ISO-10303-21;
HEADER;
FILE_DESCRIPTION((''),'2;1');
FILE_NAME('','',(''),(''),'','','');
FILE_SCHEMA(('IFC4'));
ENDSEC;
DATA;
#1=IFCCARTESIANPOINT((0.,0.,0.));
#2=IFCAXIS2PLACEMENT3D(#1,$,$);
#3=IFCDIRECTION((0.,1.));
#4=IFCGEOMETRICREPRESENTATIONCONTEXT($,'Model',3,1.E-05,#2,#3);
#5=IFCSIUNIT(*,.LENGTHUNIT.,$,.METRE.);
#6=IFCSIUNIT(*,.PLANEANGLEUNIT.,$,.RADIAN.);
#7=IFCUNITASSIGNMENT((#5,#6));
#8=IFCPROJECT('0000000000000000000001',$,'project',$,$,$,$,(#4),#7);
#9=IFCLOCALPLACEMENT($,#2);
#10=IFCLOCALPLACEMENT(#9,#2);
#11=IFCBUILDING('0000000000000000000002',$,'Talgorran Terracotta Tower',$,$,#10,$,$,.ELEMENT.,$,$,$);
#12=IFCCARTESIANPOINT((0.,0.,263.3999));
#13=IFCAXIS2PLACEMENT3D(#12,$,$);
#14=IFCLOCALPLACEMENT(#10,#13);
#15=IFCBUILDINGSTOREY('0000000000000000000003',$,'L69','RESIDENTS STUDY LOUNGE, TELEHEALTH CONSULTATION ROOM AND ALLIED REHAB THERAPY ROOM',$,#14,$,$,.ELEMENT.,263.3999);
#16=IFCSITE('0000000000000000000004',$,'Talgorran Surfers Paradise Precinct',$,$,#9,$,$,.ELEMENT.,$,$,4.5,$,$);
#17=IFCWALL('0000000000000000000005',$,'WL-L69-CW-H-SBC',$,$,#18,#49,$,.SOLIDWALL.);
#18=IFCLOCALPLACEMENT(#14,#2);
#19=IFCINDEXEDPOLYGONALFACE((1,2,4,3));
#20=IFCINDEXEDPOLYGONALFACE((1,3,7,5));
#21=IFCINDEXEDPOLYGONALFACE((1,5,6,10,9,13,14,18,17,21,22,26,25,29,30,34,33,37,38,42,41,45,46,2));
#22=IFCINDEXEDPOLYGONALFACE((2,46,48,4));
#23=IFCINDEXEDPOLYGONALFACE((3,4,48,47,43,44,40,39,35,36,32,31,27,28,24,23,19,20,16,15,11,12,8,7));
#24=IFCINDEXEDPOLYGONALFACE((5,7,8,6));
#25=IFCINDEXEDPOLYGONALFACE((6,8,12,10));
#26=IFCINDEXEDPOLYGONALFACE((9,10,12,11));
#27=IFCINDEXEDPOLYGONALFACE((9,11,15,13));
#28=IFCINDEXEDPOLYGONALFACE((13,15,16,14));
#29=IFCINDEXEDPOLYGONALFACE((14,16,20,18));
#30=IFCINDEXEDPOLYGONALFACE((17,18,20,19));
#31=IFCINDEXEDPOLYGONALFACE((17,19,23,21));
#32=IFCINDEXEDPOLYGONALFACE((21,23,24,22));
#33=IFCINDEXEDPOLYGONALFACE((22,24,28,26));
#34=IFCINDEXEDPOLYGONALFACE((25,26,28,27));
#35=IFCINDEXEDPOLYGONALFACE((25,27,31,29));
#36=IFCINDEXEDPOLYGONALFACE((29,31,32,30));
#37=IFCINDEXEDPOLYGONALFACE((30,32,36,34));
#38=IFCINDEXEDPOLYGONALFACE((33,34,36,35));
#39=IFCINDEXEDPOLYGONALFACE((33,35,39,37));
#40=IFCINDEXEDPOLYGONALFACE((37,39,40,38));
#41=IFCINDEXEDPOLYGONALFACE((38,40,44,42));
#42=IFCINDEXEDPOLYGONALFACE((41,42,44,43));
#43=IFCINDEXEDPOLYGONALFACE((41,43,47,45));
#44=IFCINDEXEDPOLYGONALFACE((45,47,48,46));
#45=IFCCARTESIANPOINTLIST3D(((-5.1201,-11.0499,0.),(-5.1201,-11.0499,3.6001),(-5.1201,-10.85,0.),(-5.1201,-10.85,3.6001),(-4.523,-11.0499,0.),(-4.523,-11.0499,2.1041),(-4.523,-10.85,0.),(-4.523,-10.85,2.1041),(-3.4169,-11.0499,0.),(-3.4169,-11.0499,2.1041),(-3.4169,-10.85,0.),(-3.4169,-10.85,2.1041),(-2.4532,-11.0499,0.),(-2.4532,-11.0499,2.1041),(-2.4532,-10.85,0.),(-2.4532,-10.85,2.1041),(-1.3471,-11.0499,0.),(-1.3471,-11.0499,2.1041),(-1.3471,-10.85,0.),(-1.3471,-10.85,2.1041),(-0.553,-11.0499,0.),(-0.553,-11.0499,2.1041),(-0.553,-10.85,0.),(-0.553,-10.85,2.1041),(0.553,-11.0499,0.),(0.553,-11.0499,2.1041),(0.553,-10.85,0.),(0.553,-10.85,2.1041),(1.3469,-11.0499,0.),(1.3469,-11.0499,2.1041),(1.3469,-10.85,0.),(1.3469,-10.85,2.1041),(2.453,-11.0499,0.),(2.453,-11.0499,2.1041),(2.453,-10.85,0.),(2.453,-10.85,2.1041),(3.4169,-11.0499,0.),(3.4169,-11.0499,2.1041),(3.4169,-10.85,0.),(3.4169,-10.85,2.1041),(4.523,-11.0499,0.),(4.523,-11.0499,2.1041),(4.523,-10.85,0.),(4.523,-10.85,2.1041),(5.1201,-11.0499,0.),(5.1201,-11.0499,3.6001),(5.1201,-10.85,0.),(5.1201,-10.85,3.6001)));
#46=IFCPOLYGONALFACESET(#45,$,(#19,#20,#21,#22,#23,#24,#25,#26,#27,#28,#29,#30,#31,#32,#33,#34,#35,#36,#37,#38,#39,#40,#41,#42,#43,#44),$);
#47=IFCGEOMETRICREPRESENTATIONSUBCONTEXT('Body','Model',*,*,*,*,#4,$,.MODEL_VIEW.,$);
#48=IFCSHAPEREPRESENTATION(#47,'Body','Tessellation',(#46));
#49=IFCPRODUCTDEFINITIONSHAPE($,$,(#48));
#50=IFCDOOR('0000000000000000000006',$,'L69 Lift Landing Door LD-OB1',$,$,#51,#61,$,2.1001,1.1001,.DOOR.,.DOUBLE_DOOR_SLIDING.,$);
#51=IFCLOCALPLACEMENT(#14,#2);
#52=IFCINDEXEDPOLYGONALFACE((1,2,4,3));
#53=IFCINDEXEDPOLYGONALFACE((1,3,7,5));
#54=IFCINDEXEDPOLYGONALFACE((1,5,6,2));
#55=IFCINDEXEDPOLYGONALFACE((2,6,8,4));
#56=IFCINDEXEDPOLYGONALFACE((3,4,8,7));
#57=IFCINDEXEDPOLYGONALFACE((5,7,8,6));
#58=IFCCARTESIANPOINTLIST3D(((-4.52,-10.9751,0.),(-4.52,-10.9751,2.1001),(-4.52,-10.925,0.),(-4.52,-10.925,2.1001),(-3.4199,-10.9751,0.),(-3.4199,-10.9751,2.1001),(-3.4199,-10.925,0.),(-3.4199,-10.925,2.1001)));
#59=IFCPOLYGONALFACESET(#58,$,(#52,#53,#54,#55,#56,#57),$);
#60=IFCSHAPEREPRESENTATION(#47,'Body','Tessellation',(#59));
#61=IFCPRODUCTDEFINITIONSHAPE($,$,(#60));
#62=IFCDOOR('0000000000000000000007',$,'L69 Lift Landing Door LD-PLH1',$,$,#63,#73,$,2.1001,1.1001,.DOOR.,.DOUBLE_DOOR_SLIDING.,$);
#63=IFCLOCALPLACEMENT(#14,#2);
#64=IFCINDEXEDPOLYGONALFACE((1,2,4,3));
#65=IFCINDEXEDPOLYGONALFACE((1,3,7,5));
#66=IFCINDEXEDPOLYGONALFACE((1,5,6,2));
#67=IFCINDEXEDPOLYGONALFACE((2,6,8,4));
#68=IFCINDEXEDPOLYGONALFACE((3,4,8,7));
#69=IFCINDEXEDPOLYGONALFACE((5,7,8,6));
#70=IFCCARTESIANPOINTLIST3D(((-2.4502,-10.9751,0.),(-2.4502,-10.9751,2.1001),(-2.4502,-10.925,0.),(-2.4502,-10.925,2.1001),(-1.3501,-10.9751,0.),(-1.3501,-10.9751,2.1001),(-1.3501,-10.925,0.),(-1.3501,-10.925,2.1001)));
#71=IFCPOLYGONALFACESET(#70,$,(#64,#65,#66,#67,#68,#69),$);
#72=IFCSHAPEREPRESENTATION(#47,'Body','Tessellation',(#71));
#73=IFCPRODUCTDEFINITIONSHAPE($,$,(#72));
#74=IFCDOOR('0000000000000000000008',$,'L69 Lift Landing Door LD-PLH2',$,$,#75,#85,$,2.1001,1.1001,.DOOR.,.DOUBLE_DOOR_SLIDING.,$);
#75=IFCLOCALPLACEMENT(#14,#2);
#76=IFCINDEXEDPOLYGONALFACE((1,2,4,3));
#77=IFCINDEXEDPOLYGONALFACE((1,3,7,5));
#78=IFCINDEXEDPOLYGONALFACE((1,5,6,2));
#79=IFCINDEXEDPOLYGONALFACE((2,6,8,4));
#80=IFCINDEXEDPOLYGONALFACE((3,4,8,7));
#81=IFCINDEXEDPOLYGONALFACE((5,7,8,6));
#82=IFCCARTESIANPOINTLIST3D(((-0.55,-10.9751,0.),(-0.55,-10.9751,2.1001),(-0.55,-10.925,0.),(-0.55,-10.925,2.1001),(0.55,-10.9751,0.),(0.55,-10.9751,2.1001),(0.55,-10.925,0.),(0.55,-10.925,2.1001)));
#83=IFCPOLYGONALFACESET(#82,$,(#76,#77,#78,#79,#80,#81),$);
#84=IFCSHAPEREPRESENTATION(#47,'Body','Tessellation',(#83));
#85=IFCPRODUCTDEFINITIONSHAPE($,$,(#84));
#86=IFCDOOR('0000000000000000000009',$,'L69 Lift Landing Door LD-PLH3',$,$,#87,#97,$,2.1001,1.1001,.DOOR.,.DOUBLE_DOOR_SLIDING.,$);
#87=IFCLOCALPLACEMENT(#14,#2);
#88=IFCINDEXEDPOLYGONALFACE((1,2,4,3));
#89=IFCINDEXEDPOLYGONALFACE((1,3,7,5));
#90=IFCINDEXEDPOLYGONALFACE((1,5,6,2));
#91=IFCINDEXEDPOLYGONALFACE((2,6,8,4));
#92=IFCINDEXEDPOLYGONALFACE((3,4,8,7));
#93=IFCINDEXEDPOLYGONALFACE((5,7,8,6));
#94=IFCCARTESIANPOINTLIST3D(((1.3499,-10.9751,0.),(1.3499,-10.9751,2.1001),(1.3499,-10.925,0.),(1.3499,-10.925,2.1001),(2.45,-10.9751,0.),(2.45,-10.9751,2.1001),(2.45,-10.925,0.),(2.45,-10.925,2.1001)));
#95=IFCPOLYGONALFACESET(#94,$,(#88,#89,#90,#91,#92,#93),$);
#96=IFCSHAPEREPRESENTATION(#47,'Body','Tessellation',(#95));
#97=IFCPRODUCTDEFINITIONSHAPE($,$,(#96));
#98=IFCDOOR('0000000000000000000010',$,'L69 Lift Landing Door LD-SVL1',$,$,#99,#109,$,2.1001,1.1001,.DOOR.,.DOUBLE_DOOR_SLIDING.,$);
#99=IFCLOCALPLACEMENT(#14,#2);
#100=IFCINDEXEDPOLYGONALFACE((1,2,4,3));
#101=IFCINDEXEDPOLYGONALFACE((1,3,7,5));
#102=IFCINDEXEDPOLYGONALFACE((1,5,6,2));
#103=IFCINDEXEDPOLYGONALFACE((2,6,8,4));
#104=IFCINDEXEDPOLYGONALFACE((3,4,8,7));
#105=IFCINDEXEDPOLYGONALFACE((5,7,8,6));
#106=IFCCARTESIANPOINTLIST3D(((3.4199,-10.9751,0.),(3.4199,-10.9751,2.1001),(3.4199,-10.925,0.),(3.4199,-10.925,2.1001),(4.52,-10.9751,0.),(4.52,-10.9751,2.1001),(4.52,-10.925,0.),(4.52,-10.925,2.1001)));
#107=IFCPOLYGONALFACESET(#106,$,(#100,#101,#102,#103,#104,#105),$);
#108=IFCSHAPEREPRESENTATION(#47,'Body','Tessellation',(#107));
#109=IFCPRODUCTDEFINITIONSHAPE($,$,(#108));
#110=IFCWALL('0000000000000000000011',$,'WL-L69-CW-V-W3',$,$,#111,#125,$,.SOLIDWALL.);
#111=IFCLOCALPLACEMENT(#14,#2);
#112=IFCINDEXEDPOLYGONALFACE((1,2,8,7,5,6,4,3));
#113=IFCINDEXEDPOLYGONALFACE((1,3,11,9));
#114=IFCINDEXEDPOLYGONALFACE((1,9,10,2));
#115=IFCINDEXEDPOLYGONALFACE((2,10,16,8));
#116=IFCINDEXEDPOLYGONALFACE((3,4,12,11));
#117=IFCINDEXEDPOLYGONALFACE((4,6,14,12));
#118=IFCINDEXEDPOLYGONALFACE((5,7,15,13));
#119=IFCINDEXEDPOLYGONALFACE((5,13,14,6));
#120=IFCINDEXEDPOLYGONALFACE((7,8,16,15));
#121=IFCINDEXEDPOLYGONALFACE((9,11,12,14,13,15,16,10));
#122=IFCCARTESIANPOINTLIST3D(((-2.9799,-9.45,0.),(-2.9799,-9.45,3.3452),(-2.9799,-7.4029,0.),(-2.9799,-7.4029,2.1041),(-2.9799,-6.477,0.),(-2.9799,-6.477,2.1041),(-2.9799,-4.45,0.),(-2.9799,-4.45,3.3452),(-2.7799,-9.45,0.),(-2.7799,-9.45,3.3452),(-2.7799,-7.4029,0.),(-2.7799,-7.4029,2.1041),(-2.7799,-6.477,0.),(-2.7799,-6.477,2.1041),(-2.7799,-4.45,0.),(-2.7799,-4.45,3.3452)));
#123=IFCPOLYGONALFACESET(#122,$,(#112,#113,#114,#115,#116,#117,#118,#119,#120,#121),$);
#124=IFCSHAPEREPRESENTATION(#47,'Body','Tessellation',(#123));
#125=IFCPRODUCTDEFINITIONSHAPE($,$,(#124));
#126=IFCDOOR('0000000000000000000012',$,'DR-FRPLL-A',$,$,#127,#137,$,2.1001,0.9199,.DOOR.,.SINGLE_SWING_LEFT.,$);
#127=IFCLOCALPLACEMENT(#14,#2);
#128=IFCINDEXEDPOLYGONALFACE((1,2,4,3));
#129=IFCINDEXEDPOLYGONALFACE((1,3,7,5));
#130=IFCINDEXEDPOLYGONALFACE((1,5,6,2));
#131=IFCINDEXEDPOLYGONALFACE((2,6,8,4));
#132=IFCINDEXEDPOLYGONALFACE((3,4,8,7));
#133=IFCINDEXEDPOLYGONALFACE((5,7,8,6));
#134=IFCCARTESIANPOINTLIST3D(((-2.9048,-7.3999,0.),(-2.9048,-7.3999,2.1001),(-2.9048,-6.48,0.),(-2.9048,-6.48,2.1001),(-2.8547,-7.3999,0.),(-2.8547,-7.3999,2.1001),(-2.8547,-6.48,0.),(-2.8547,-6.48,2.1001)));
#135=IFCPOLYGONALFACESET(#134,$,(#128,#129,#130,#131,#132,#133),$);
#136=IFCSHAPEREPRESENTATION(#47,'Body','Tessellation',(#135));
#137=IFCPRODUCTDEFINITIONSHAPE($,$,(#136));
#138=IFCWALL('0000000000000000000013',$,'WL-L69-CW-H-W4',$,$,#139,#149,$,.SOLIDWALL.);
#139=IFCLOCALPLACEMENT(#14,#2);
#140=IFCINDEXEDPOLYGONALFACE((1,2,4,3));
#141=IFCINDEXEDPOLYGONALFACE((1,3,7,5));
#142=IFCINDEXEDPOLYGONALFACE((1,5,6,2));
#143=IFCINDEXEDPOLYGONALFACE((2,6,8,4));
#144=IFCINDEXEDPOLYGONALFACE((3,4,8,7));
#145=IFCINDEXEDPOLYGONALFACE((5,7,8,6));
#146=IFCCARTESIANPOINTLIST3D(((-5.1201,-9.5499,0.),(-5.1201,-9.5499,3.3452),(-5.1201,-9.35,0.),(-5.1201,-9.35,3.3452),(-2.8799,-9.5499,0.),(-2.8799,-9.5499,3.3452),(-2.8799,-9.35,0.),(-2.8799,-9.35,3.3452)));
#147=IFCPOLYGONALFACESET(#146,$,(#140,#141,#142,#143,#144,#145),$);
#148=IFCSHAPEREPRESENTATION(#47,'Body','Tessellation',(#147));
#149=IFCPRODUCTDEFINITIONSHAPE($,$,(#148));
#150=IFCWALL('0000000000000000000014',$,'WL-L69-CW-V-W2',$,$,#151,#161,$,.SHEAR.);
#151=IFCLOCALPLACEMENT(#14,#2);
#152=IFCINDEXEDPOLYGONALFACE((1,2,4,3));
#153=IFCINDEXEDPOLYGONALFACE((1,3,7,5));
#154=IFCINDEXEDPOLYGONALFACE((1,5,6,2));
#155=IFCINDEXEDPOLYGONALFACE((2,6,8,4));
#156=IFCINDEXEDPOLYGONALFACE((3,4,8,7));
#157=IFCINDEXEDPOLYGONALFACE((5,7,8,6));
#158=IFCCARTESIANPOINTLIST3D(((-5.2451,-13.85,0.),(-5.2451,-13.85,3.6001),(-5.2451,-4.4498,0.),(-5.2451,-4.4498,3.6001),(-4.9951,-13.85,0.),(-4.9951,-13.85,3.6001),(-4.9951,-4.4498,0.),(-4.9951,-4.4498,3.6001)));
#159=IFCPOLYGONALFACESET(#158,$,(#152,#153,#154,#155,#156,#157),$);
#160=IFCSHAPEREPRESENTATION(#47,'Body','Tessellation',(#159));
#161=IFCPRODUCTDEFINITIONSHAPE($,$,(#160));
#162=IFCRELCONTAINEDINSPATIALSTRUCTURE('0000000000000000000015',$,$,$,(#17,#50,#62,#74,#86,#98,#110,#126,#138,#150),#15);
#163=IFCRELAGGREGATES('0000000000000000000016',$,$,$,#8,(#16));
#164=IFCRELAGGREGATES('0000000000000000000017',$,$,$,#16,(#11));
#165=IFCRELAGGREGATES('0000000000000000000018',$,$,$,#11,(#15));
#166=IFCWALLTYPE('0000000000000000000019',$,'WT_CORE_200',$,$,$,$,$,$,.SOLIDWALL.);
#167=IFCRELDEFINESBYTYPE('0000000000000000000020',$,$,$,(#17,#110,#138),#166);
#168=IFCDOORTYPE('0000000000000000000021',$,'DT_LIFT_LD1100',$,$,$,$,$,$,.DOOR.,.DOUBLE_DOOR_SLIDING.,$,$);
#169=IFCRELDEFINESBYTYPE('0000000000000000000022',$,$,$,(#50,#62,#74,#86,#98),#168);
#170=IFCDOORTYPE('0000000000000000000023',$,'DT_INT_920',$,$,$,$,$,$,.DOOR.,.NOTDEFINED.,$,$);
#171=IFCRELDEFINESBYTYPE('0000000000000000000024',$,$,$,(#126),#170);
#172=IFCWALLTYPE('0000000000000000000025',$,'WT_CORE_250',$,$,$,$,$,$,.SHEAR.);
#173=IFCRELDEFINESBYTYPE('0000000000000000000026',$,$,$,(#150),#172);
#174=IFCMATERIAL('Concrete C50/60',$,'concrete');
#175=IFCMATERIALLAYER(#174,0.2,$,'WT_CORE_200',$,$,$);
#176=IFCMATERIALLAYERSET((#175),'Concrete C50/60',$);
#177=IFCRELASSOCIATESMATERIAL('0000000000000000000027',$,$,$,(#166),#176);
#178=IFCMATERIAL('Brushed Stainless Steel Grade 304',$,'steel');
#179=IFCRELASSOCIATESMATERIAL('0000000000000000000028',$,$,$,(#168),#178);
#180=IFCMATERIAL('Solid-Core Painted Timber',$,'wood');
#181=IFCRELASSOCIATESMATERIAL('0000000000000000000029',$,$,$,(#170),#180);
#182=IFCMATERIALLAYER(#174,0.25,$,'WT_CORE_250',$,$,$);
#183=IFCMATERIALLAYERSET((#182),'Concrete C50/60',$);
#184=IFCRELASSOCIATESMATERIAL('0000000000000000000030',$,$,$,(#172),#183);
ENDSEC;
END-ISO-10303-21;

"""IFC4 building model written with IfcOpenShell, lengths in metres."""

from ifc_helpers import new_model, si_unit, direction, frame, frame_2d, origin, place, context, subcontext, project, spatial, rectangle, extrude, material, layer, layer_set, type_object, element, fill, save


model = new_model("IFC4")

# Units and contexts
model_context = context("Model", 3, precision=1e-05, world=origin(), true_north=direction((0.0, 1.0)))
body_context = subcontext(model_context, "Body", "Model", "MODEL_VIEW")
ifc_project = project(units=[si_unit("LENGTHUNIT", "METRE"), si_unit("PLANEANGLEUNIT", "RADIAN")], contexts=[model_context])

# Site, building, storey
site_placement = place(None, origin())
site = spatial("IfcSite", under=ifc_project, at=site_placement, Name="Talgorran Surfers Paradise Precinct", CompositionType="ELEMENT", RefElevation=4.5)
building_placement = place(site_placement, origin())
building = spatial("IfcBuilding", under=site, at=building_placement, Name="Talgorran Terracotta Tower", CompositionType="ELEMENT")
storey_placement = place(building_placement, frame((0.0, 0.0, 263.3999)))
storey = spatial("IfcBuildingStorey", under=building, at=storey_placement, Name="L69", Description="RESIDENTS STUDY LOUNGE, TELEHEALTH CONSULTATION ROOM AND ALLIED REHAB THERAPY ROOM", CompositionType="ELEMENT", Elevation=263.3999)

# Shared definitions
ifc_material_1 = material(Name="Concrete C50/60", Category="concrete")

# Wall, openings, doors
ifc_layer_1 = layer(ifc_material_1, 0.2, Name="WT_CORE_200")
ifc_layer_set_1 = layer_set([ifc_layer_1], Name="Concrete C50/60")
wall_type_1 = type_object("IfcWallType", Name="WT_CORE_200", PredefinedType="SOLIDWALL", material=ifc_layer_set_1)
wall_1_placement = place(storey_placement, frame((-5.1201, -10.95, 0.0), z_axis=(0.0, 0.0, 1.0), x_axis=(1.0, 0.0, 0.0)))
wall_1 = element("IfcWall", 1, at=wall_1_placement, inside=storey, type_object=wall_type_1, Name="WL-L69-CW-H-SBC", PredefinedType="SOLIDWALL", context=body_context, shape_type="SweptSolid", body=[
    extrude(rectangle(XDim=10.2402, YDim=0.2, at=frame_2d((5.1201, 0.0))), origin(), (0.0, 0.0, 1.0), 3.6001),
])
opening_1_placement = place(wall_1_placement, frame((0.6001, 0.0, 0.0)))
opening_1 = element("IfcOpeningElement", 2, at=opening_1_placement, cuts=wall_1, PredefinedType="OPENING", context=body_context, shape_type="SweptSolid", body=[
    extrude(rectangle(XDim=1.1061, YDim=2.1041, at=frame_2d((0.55, 1.052))), frame((0.0, 0.1099, 0.0), z_axis=(0.0, -1.0, 0.0), x_axis=(1.0, 0.0, 0.0)), (0.0, 0.0, 1.0), 0.22),
])
opening_2_placement = place(wall_1_placement, frame((2.6699, 0.0, 0.0)))
opening_2 = element("IfcOpeningElement", 3, at=opening_2_placement, cuts=wall_1, PredefinedType="OPENING", context=body_context, shape_type="SweptSolid", body=[
    extrude(rectangle(XDim=1.1061, YDim=2.1041, at=frame_2d((0.55, 1.052))), frame((0.0, 0.1099, 0.0), z_axis=(0.0, -1.0, 0.0), x_axis=(1.0, 0.0, 0.0)), (0.0, 0.0, 1.0), 0.22),
])
opening_3_placement = place(wall_1_placement, frame((4.5701, 0.0, 0.0)))
opening_3 = element("IfcOpeningElement", 4, at=opening_3_placement, cuts=wall_1, PredefinedType="OPENING", context=body_context, shape_type="SweptSolid", body=[
    extrude(rectangle(XDim=1.1061, YDim=2.1041, at=frame_2d((0.55, 1.052))), frame((0.0, 0.1099, 0.0), z_axis=(0.0, -1.0, 0.0), x_axis=(1.0, 0.0, 0.0)), (0.0, 0.0, 1.0), 0.22),
])
opening_4_placement = place(wall_1_placement, frame((6.47, 0.0, 0.0)))
opening_4 = element("IfcOpeningElement", 5, at=opening_4_placement, cuts=wall_1, PredefinedType="OPENING", context=body_context, shape_type="SweptSolid", body=[
    extrude(rectangle(XDim=1.1061, YDim=2.1041, at=frame_2d((0.55, 1.052))), frame((0.0, 0.1099, 0.0), z_axis=(0.0, -1.0, 0.0), x_axis=(1.0, 0.0, 0.0)), (0.0, 0.0, 1.0), 0.22),
])
opening_5_placement = place(wall_1_placement, frame((8.54, 0.0, 0.0)))
opening_5 = element("IfcOpeningElement", 6, at=opening_5_placement, cuts=wall_1, PredefinedType="OPENING", context=body_context, shape_type="SweptSolid", body=[
    extrude(rectangle(XDim=1.1061, YDim=2.1041, at=frame_2d((0.55, 1.052))), frame((0.0, 0.1099, 0.0), z_axis=(0.0, -1.0, 0.0), x_axis=(1.0, 0.0, 0.0)), (0.0, 0.0, 1.0), 0.22),
])
ifc_material_2 = material(Name="Brushed Stainless Steel Grade 304", Category="steel")
door_type_1 = type_object("IfcDoorType", Name="DT_LIFT_LD1100", OperationType="DOUBLE_DOOR_SLIDING", PredefinedType="DOOR", material=ifc_material_2)
door_1_placement = place(opening_1_placement, origin())
door_1 = element("IfcDoor", 7, at=door_1_placement, inside=storey, type_object=door_type_1, Name="L69 Lift Landing Door LD-OB1", OperationType="DOUBLE_DOOR_SLIDING", OverallHeight=2.1001, OverallWidth=1.1001, PredefinedType="DOOR", context=body_context, shape_type="SweptSolid", body=[
    extrude(rectangle(XDim=1.1001, YDim=2.1001, at=frame_2d((0.55, 1.05))), frame((0.0, 0.0249, 0.0), z_axis=(0.0, -1.0, 0.0), x_axis=(1.0, 0.0, 0.0)), (0.0, 0.0, 1.0), 0.05),
])
fill(opening_1, door_1)
door_2_placement = place(opening_2_placement, origin())
door_2 = element("IfcDoor", 8, at=door_2_placement, inside=storey, type_object=door_type_1, Name="L69 Lift Landing Door LD-PLH1", OperationType="DOUBLE_DOOR_SLIDING", OverallHeight=2.1001, OverallWidth=1.1001, PredefinedType="DOOR", context=body_context, shape_type="SweptSolid", body=[
    extrude(rectangle(XDim=1.1001, YDim=2.1001, at=frame_2d((0.55, 1.05))), frame((0.0, 0.0249, 0.0), z_axis=(0.0, -1.0, 0.0), x_axis=(1.0, 0.0, 0.0)), (0.0, 0.0, 1.0), 0.05),
])
fill(opening_2, door_2)
door_3_placement = place(opening_3_placement, origin())
door_3 = element("IfcDoor", 9, at=door_3_placement, inside=storey, type_object=door_type_1, Name="L69 Lift Landing Door LD-PLH2", OperationType="DOUBLE_DOOR_SLIDING", OverallHeight=2.1001, OverallWidth=1.1001, PredefinedType="DOOR", context=body_context, shape_type="SweptSolid", body=[
    extrude(rectangle(XDim=1.1001, YDim=2.1001, at=frame_2d((0.55, 1.05))), frame((0.0, 0.0249, 0.0), z_axis=(0.0, -1.0, 0.0), x_axis=(1.0, 0.0, 0.0)), (0.0, 0.0, 1.0), 0.05),
])
fill(opening_3, door_3)
door_4_placement = place(opening_4_placement, origin())
door_4 = element("IfcDoor", 10, at=door_4_placement, inside=storey, type_object=door_type_1, Name="L69 Lift Landing Door LD-PLH3", OperationType="DOUBLE_DOOR_SLIDING", OverallHeight=2.1001, OverallWidth=1.1001, PredefinedType="DOOR", context=body_context, shape_type="SweptSolid", body=[
    extrude(rectangle(XDim=1.1001, YDim=2.1001, at=frame_2d((0.55, 1.05))), frame((0.0, 0.0249, 0.0), z_axis=(0.0, -1.0, 0.0), x_axis=(1.0, 0.0, 0.0)), (0.0, 0.0, 1.0), 0.05),
])
fill(opening_4, door_4)
door_5_placement = place(opening_5_placement, origin())
door_5 = element("IfcDoor", 11, at=door_5_placement, inside=storey, type_object=door_type_1, Name="L69 Lift Landing Door LD-SVL1", OperationType="DOUBLE_DOOR_SLIDING", OverallHeight=2.1001, OverallWidth=1.1001, PredefinedType="DOOR", context=body_context, shape_type="SweptSolid", body=[
    extrude(rectangle(XDim=1.1001, YDim=2.1001, at=frame_2d((0.55, 1.05))), frame((0.0, 0.0249, 0.0), z_axis=(0.0, -1.0, 0.0), x_axis=(1.0, 0.0, 0.0)), (0.0, 0.0, 1.0), 0.05),
])
fill(opening_5, door_5)

# Wall, opening, door
wall_2_placement = place(storey_placement, frame((-2.8799, -9.45, 0.0), z_axis=(0.0, 0.0, 1.0), x_axis=(0.0, 1.0, 0.0)))
wall_2 = element("IfcWall", 12, at=wall_2_placement, inside=storey, type_object=wall_type_1, Name="WL-L69-CW-V-W3", PredefinedType="SOLIDWALL", context=body_context, shape_type="SweptSolid", body=[
    extrude(rectangle(XDim=5.0, YDim=0.2, at=frame_2d((2.5, 0.0))), origin(), (0.0, 0.0, 1.0), 3.3452),
])
opening_6_placement = place(wall_2_placement, frame((2.05, 0.0, 0.0)))
opening_6 = element("IfcOpeningElement", 13, at=opening_6_placement, cuts=wall_2, PredefinedType="OPENING", context=body_context, shape_type="SweptSolid", body=[
    extrude(rectangle(XDim=0.9259, YDim=2.1041, at=frame_2d((0.46, 1.052))), frame((0.0, 0.1099, 0.0), z_axis=(0.0, -1.0, 0.0), x_axis=(1.0, 0.0, 0.0)), (0.0, 0.0, 1.0), 0.22),
])
ifc_material_3 = material(Name="Solid-Core Painted Timber", Category="wood")
door_type_2 = type_object("IfcDoorType", Name="DT_INT_920", OperationType="NOTDEFINED", PredefinedType="DOOR", material=ifc_material_3)
door_6_placement = place(opening_6_placement, origin())
door_6 = element("IfcDoor", 14, at=door_6_placement, inside=storey, type_object=door_type_2, Name="DR-FRPLL-A", OperationType="SINGLE_SWING_LEFT", OverallHeight=2.1001, OverallWidth=0.9199, PredefinedType="DOOR", context=body_context, shape_type="SweptSolid", body=[
    extrude(rectangle(XDim=0.9199, YDim=2.1001, at=frame_2d((0.46, 1.05))), frame((0.0, 0.0249, 0.0), z_axis=(0.0, -1.0, 0.0), x_axis=(1.0, 0.0, 0.0)), (0.0, 0.0, 1.0), 0.05),
])
fill(opening_6, door_6)

# Walls
wall_3_placement = place(storey_placement, frame((-5.1201, -9.45, 0.0), z_axis=(0.0, 0.0, 1.0), x_axis=(1.0, 0.0, 0.0)))
element("IfcWall", 15, at=wall_3_placement, inside=storey, type_object=wall_type_1, Name="WL-L69-CW-H-W4", PredefinedType="SOLIDWALL", context=body_context, shape_type="SweptSolid", body=[
    extrude(rectangle(XDim=2.2402, YDim=0.2, at=frame_2d((1.1201, 0.0))), origin(), (0.0, 0.0, 1.0), 3.3452),
])
ifc_layer_2 = layer(ifc_material_1, 0.25, Name="WT_CORE_250")
ifc_layer_set_2 = layer_set([ifc_layer_2], Name="Concrete C50/60")
wall_type_2 = type_object("IfcWallType", Name="WT_CORE_250", PredefinedType="SHEAR", material=ifc_layer_set_2)
wall_4_placement = place(storey_placement, frame((-5.1201, -13.8501, 0.0), z_axis=(0.0, 0.0, 1.0), x_axis=(0.0, 1.0, 0.0)))
element("IfcWall", 16, at=wall_4_placement, inside=storey, type_object=wall_type_2, Name="WL-L69-CW-V-W2", PredefinedType="SHEAR", context=body_context, shape_type="SweptSolid", body=[
    extrude(rectangle(XDim=9.4001, YDim=0.25, at=frame_2d((4.7002, 0.0))), origin(), (0.0, 0.0, 1.0), 3.6001),
])

save(model, "model.ifc")
